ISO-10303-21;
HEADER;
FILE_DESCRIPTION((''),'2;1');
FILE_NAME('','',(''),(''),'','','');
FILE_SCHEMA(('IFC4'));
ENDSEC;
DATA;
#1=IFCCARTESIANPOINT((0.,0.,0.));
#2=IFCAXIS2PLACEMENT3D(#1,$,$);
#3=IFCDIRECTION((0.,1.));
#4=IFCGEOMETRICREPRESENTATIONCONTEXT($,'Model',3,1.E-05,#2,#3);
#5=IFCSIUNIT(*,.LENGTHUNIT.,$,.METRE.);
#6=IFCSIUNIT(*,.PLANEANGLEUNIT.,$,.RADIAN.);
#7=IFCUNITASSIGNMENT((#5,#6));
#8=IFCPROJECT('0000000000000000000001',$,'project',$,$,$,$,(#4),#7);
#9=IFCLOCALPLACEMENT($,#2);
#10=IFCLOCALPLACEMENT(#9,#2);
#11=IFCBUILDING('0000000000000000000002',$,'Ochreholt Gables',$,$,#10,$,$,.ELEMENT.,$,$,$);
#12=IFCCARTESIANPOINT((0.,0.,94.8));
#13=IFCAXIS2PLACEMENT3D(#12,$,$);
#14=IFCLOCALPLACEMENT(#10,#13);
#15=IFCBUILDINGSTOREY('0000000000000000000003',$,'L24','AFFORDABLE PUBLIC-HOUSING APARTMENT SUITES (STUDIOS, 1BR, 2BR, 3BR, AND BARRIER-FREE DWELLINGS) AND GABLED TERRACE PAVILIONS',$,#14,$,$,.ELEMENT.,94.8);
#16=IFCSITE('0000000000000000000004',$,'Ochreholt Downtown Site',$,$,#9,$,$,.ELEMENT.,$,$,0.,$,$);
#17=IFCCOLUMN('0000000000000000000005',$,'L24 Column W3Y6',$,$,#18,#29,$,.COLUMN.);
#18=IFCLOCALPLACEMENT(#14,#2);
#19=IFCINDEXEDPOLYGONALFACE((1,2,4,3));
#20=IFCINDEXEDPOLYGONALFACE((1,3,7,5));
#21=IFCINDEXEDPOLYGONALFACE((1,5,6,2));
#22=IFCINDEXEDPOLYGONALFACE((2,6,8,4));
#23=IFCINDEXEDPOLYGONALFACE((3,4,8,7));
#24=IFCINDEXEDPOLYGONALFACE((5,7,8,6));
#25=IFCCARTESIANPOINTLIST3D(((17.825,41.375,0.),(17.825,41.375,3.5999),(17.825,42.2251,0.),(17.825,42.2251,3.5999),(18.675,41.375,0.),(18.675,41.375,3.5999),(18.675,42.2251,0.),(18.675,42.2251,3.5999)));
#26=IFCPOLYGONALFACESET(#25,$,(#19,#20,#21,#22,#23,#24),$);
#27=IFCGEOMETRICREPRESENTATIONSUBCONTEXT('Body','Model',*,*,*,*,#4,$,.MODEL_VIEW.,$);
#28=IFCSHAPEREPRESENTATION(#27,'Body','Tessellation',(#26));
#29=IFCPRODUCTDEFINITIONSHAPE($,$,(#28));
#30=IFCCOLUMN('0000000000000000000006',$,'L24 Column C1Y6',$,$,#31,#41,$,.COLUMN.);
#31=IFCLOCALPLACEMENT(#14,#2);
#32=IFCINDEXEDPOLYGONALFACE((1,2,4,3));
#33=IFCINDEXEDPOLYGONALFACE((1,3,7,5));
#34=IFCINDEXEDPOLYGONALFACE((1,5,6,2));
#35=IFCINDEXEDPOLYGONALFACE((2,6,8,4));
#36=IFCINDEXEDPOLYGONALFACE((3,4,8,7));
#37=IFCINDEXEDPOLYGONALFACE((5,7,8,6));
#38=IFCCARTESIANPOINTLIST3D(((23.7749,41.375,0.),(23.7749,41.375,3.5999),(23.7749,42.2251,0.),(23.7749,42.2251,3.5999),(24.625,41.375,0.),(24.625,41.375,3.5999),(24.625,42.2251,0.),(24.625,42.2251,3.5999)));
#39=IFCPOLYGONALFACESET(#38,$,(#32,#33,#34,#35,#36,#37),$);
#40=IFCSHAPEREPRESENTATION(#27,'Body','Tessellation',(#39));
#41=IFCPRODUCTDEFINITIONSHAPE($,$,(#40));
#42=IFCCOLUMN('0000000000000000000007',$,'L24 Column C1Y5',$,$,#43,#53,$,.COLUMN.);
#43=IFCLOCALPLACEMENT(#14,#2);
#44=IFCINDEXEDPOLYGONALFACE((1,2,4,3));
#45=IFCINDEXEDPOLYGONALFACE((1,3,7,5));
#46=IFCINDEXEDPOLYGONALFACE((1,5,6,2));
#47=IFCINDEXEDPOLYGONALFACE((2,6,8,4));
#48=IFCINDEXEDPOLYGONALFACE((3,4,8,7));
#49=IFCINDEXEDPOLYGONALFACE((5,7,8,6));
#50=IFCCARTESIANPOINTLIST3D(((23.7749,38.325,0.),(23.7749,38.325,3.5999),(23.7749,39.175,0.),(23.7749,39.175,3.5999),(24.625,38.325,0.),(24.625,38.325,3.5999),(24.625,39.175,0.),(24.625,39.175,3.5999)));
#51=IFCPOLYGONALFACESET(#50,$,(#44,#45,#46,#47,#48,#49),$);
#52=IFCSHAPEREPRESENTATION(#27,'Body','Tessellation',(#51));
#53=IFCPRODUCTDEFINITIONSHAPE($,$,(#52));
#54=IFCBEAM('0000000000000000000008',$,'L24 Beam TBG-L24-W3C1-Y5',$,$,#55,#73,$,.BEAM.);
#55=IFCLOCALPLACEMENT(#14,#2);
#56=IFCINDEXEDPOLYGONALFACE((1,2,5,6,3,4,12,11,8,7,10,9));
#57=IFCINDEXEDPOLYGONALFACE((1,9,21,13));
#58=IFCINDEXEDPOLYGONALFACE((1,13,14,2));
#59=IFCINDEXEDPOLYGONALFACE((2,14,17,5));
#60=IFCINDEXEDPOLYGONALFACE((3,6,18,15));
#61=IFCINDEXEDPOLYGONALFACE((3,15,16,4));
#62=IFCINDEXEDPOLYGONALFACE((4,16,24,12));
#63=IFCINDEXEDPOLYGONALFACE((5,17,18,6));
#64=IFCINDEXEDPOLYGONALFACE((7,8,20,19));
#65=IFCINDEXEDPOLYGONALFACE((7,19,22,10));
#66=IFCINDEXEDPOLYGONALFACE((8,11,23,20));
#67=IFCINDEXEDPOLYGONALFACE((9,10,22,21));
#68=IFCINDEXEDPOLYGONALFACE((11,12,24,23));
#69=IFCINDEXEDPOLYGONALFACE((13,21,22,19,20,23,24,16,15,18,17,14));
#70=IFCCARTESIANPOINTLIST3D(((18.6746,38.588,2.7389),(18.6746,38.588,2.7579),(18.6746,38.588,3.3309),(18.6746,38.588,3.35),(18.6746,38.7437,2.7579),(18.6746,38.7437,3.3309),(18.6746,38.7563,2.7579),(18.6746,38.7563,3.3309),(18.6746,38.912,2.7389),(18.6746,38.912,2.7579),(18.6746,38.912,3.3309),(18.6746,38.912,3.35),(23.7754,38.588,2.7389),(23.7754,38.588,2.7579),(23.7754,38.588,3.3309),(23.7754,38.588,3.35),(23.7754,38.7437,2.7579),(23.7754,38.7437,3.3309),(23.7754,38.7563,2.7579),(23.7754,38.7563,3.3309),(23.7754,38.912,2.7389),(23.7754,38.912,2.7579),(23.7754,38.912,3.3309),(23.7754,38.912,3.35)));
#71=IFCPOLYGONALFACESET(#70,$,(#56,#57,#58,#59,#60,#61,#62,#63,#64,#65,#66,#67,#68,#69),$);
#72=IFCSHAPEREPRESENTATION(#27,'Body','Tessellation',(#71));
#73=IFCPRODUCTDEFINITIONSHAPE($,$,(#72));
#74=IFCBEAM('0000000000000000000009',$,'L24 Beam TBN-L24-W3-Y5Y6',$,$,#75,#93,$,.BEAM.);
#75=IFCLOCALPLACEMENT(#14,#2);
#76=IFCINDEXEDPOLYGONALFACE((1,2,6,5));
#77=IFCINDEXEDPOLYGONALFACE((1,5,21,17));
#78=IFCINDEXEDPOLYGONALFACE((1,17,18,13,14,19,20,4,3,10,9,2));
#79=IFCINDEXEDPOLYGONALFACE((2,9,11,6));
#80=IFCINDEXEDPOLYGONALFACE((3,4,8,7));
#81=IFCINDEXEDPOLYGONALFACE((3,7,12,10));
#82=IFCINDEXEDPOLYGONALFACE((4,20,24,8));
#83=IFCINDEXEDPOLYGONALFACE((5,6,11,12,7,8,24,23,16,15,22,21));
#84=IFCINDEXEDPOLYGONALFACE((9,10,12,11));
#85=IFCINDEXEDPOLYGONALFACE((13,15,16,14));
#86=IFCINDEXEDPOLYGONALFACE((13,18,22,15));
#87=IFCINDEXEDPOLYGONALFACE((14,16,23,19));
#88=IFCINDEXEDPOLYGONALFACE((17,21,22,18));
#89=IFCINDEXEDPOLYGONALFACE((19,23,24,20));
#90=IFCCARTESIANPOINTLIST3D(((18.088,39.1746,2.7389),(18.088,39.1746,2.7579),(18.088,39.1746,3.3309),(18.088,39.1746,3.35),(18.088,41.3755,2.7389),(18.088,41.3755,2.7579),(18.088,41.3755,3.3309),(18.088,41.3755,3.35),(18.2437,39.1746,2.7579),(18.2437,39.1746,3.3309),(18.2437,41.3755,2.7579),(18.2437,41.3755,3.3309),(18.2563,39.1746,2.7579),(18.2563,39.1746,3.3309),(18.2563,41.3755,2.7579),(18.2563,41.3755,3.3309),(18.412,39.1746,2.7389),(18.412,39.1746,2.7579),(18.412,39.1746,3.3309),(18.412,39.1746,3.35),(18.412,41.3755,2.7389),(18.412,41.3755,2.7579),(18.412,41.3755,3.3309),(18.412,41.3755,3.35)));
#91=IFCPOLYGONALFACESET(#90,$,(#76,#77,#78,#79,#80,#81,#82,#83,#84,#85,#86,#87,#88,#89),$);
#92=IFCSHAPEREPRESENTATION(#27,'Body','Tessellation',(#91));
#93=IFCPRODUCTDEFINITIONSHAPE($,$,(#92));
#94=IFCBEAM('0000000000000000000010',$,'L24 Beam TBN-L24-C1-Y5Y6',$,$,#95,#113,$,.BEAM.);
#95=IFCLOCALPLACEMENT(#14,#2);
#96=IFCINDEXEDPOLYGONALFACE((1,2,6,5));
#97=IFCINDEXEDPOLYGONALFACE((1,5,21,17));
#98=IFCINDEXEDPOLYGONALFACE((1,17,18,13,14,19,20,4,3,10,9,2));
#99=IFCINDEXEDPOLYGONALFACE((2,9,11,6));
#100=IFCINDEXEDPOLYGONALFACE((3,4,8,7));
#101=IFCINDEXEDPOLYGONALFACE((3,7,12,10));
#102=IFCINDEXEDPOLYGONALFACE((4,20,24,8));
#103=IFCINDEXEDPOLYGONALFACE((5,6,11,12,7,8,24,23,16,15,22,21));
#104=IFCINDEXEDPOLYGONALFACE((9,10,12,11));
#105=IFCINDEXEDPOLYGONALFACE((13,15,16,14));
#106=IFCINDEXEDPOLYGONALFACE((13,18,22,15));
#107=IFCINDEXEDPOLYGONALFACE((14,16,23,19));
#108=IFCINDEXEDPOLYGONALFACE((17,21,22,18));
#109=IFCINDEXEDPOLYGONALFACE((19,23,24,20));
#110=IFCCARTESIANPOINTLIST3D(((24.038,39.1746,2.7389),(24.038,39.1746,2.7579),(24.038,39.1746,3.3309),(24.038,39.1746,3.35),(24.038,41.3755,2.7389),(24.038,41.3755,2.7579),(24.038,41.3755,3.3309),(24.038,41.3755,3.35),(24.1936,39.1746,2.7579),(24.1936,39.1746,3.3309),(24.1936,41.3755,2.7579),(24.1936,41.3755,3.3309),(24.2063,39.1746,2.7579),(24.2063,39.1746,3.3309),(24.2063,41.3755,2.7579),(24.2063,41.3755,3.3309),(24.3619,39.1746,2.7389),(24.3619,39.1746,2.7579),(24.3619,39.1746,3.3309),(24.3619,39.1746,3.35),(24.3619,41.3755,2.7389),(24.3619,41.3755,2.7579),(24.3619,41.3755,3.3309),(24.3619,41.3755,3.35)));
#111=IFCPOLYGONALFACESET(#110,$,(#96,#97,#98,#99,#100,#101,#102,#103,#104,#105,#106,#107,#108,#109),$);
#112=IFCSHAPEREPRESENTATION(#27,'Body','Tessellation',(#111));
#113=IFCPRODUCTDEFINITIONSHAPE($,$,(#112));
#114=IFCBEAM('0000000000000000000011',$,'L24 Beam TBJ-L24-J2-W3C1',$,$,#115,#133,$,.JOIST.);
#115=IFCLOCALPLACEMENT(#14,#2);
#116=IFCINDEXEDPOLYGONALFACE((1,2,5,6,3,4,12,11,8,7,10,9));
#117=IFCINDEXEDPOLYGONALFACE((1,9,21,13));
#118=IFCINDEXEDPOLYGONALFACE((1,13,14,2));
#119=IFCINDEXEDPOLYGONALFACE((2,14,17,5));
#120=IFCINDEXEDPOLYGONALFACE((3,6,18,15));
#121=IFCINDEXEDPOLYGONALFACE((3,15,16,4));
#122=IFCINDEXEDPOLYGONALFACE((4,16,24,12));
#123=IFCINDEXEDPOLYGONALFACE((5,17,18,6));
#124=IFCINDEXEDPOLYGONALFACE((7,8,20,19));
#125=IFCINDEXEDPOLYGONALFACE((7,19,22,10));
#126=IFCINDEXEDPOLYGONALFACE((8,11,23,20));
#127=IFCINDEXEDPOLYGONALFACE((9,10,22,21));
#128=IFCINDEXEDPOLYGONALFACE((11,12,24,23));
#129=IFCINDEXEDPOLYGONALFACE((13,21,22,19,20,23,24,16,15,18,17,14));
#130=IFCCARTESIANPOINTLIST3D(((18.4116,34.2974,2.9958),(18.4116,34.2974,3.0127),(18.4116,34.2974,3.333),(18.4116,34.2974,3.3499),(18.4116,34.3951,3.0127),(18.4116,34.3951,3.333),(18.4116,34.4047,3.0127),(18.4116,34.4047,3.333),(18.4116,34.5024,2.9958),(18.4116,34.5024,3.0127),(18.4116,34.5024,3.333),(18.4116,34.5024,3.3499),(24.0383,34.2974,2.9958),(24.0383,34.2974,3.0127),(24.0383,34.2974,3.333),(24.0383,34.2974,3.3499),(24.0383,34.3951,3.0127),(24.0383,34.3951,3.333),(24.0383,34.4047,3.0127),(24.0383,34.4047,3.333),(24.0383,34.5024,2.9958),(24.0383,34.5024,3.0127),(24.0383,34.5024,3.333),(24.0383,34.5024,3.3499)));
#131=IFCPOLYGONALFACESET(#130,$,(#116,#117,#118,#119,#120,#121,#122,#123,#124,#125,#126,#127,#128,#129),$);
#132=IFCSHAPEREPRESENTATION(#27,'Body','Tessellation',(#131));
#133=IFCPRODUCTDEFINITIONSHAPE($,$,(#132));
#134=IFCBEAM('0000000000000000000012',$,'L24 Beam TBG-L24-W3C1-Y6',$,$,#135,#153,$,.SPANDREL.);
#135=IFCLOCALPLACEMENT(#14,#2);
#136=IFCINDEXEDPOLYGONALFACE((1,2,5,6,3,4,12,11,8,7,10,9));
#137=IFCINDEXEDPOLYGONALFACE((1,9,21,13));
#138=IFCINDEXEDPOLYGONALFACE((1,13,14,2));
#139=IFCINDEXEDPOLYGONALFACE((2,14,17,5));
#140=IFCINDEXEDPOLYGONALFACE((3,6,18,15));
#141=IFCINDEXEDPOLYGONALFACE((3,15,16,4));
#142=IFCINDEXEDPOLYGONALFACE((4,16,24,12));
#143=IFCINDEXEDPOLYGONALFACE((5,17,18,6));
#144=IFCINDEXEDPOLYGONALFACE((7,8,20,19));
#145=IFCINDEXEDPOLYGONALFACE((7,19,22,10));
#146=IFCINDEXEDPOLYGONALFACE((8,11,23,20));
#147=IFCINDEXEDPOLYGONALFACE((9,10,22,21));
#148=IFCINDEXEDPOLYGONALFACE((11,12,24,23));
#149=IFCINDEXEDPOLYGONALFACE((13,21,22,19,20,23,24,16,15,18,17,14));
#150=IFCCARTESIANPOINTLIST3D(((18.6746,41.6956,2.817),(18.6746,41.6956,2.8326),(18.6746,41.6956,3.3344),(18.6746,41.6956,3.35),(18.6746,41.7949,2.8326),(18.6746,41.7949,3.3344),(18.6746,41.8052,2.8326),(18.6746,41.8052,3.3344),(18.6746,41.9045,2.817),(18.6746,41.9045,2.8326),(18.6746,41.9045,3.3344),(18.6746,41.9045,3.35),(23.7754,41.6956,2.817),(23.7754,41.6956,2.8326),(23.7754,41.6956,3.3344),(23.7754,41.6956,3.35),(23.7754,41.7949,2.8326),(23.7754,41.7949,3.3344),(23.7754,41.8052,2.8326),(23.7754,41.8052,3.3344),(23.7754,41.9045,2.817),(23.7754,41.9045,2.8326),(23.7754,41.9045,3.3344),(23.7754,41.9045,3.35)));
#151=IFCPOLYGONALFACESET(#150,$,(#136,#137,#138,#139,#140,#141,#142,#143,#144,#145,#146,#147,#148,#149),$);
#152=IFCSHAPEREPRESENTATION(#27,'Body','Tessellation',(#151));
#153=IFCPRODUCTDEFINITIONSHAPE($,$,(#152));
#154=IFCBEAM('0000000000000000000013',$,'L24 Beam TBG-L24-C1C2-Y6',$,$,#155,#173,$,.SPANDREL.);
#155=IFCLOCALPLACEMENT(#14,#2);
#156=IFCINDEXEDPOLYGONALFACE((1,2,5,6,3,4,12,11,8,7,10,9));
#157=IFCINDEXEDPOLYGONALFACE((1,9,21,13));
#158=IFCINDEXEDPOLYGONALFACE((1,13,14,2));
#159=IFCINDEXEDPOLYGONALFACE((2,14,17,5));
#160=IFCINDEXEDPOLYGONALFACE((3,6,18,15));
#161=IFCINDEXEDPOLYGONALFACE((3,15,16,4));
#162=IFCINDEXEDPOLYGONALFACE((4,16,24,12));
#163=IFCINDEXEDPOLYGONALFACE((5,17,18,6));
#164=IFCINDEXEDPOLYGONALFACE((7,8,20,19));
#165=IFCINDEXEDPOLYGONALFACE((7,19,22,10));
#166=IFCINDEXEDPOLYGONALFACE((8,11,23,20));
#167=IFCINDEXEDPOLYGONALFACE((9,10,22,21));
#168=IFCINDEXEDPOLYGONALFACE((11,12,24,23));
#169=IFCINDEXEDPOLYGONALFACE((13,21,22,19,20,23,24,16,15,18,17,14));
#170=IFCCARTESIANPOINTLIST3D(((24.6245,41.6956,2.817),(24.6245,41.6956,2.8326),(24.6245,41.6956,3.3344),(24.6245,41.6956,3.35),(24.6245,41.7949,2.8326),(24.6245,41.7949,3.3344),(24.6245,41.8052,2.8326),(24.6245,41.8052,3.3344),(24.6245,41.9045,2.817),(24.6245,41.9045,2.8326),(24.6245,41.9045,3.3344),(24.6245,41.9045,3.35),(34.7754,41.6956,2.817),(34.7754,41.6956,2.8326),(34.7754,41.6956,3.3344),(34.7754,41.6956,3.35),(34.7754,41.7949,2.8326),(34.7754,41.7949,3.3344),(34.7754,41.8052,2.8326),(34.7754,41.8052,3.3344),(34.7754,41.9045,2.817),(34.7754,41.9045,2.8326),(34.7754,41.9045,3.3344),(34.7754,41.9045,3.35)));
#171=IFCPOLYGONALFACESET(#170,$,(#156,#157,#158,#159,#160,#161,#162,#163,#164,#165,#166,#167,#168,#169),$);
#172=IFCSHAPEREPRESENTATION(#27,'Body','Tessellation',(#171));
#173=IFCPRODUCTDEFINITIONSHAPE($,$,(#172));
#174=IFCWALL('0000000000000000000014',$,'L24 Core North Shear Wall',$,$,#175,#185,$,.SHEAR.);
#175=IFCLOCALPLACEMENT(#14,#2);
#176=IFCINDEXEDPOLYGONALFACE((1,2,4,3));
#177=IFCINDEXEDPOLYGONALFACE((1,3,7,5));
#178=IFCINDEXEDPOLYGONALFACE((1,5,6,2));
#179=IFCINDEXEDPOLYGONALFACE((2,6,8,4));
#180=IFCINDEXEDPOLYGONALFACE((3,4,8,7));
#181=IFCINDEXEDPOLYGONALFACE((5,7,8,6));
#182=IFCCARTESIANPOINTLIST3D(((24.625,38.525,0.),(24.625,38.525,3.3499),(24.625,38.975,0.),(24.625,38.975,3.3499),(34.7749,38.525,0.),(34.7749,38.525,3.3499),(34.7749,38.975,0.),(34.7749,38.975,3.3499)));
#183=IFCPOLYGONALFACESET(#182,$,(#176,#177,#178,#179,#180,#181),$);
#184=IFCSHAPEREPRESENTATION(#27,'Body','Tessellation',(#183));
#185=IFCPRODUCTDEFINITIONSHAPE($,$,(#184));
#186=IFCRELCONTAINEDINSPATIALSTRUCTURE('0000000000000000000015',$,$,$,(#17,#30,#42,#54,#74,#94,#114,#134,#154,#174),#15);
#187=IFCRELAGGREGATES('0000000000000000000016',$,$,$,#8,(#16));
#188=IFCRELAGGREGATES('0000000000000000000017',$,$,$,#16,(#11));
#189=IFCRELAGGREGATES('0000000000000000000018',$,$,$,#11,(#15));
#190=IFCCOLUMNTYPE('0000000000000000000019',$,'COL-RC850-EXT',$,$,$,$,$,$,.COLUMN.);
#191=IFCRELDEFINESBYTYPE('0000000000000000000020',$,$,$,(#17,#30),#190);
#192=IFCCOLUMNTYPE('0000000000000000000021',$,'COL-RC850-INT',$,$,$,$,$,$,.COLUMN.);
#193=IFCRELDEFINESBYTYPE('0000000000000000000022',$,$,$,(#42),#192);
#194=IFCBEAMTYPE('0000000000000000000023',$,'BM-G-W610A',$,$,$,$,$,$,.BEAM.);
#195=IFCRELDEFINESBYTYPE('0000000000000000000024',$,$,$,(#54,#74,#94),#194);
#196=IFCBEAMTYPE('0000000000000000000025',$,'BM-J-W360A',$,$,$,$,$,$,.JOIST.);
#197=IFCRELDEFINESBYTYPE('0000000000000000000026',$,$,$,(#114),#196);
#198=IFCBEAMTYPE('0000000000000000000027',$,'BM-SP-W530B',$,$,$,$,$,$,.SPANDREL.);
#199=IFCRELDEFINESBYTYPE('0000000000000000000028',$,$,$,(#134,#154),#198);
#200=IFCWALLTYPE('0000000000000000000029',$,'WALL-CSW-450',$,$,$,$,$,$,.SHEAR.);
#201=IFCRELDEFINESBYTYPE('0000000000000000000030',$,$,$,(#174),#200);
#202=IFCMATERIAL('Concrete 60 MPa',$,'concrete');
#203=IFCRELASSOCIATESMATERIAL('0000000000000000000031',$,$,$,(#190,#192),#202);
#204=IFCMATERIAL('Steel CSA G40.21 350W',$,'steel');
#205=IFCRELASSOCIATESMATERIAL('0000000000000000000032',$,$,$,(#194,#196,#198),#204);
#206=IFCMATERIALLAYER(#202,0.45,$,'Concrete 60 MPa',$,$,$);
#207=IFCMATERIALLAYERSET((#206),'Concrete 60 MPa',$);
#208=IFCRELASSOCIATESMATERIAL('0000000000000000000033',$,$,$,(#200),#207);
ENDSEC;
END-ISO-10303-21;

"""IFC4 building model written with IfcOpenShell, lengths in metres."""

from ifc_helpers import new_model, si_unit, direction, frame, frame_2d, origin, origin_2d, place, context, subcontext, project, spatial, rectangle, i_section, extrude, material, layer, layer_set, material_profile, profile_set, type_object, element, save


model = new_model("IFC4")

# Units and contexts
model_context = context("Model", 3, precision=1e-05, world=origin(), true_north=direction((0.0, 1.0)))
body_context = subcontext(model_context, "Body", "Model", "MODEL_VIEW")
ifc_project = project(units=[si_unit("LENGTHUNIT", "METRE"), si_unit("PLANEANGLEUNIT", "RADIAN")], contexts=[model_context])

# Site, building, storey
site_placement = place(None, origin())
site = spatial("IfcSite", under=ifc_project, at=site_placement, Name="Ochreholt Downtown Site", CompositionType="ELEMENT", RefElevation=0.0)
building_placement = place(site_placement, origin())
building = spatial("IfcBuilding", under=site, at=building_placement, Name="Ochreholt Gables", CompositionType="ELEMENT")
storey_placement = place(building_placement, frame((0.0, 0.0, 94.8)))
storey = spatial("IfcBuildingStorey", under=building, at=storey_placement, Name="L24", Description="AFFORDABLE PUBLIC-HOUSING APARTMENT SUITES (STUDIOS, 1BR, 2BR, 3BR, AND BARRIER-FREE DWELLINGS) AND GABLED TERRACE PAVILIONS", CompositionType="ELEMENT", Elevation=94.8)

# Columns
ifc_material_1 = material(Name="Concrete 60 MPa", Category="concrete")
ifc_material_profile_1 = material_profile(ifc_material_1, rectangle(XDim=0.8501, YDim=0.8501, at=origin_2d()), Name="RC850X850")
ifc_profile_set_1 = profile_set([ifc_material_profile_1], Name="Concrete 60 MPa")
column_type_1 = type_object("IfcColumnType", Name="COL-RC850-EXT", PredefinedType="COLUMN", material=ifc_profile_set_1)
for number, where, z_axis, x_axis, name in (
    (1, (18.25, 41.8, 0.0), (0.0, 0.0, 1.0), (1.0, 0.0, 0.0), "L24 Column W3Y6"),
    (2, (24.2, 41.8, 0.0), (0.0, 0.0, 1.0), (1.0, 0.0, 0.0), "L24 Column C1Y6"),
):
    element("IfcColumn", number, at=place(storey_placement, frame(where, z_axis=z_axis, x_axis=x_axis)), inside=storey, type_object=column_type_1, Name=name, PredefinedType="COLUMN", context=body_context, shape_type="SweptSolid", body=[
        extrude(rectangle(XDim=0.8501, YDim=0.8501, at=origin_2d()), origin(), (0.0, 0.0, 1.0), 3.5999),
    ])
ifc_material_profile_2 = material_profile(ifc_material_1, rectangle(XDim=0.8501, YDim=0.8501, at=origin_2d()), Name="RC850X850")
ifc_profile_set_2 = profile_set([ifc_material_profile_2], Name="Concrete 60 MPa")
column_type_2 = type_object("IfcColumnType", Name="COL-RC850-INT", PredefinedType="COLUMN", material=ifc_profile_set_2)
column_placement = place(storey_placement, frame((24.2, 38.75, 0.0), z_axis=(0.0, 0.0, 1.0), x_axis=(1.0, 0.0, 0.0)))
element("IfcColumn", 3, at=column_placement, inside=storey, type_object=column_type_2, Name="L24 Column C1Y5", PredefinedType="COLUMN", context=body_context, shape_type="SweptSolid", body=[
    extrude(rectangle(XDim=0.8501, YDim=0.8501, at=origin_2d()), origin(), (0.0, 0.0, 1.0), 3.5999),
])

# Beams
ifc_material_2 = material(Name="Steel CSA G40.21 350W", Category="steel")
ifc_material_profile_3 = material_profile(ifc_material_2, i_section(OverallWidth=0.324, OverallDepth=0.6111, WebThickness=0.0127, FlangeThickness=0.019, at=origin_2d()), Name="W610X155")
ifc_profile_set_3 = profile_set([ifc_material_profile_3], Name="Steel CSA G40.21 350W")
beam_type_1 = type_object("IfcBeamType", Name="BM-G-W610A", PredefinedType="BEAM", material=ifc_profile_set_3)
beam_1_placement = place(storey_placement, frame((18.6746, 38.75, 3.0444), z_axis=(1.0, 0.0, 0.0), x_axis=(0.0, 1.0, 0.0)))
element("IfcBeam", 4, at=beam_1_placement, inside=storey, type_object=beam_type_1, Name="L24 Beam TBG-L24-W3C1-Y5", PredefinedType="BEAM", context=body_context, shape_type="SweptSolid", body=[
    extrude(i_section(OverallWidth=0.324, OverallDepth=0.6111, WebThickness=0.0127, FlangeThickness=0.019, at=origin_2d()), origin(), (0.0, 0.0, 1.0), 5.1008),
])
for number, where, z_axis, x_axis, name in (
    (5, (18.25, 39.1746, 3.0444), (0.0, 1.0, 0.0), (-1.0, 0.0, 0.0), "L24 Beam TBN-L24-W3-Y5Y6"),
    (6, (24.2, 39.1746, 3.0444), (0.0, 1.0, 0.0), (-1.0, 0.0, 0.0), "L24 Beam TBN-L24-C1-Y5Y6"),
):
    element("IfcBeam", number, at=place(storey_placement, frame(where, z_axis=z_axis, x_axis=x_axis)), inside=storey, type_object=beam_type_1, Name=name, PredefinedType="BEAM", context=body_context, shape_type="SweptSolid", body=[
        extrude(i_section(OverallWidth=0.324, OverallDepth=0.6111, WebThickness=0.0127, FlangeThickness=0.019, at=origin_2d()), origin(), (0.0, 0.0, 1.0), 2.2009),
    ])
ifc_material_profile_4 = material_profile(ifc_material_2, i_section(OverallWidth=0.2051, OverallDepth=0.354, WebThickness=0.0095, FlangeThickness=0.0168, at=origin_2d()), Name="W360X79")
ifc_profile_set_4 = profile_set([ifc_material_profile_4], Name="Steel CSA G40.21 350W")
beam_type_2 = type_object("IfcBeamType", Name="BM-J-W360A", PredefinedType="JOIST", material=ifc_profile_set_4)
beam_2_placement = place(storey_placement, frame((18.4116, 34.3999, 3.1729), z_axis=(1.0, 0.0, 0.0), x_axis=(0.0, 1.0, 0.0)))
element("IfcBeam", 7, at=beam_2_placement, inside=storey, type_object=beam_type_2, Name="L24 Beam TBJ-L24-J2-W3C1", PredefinedType="JOIST", context=body_context, shape_type="SweptSolid", body=[
    extrude(i_section(OverallWidth=0.2051, OverallDepth=0.354, WebThickness=0.0095, FlangeThickness=0.0168, at=origin_2d()), origin(), (0.0, 0.0, 1.0), 5.6267),
])
ifc_material_profile_5 = material_profile(ifc_material_2, i_section(OverallWidth=0.209, OverallDepth=0.533, WebThickness=0.0103, FlangeThickness=0.0156, at=origin_2d()), Name="W530X92")
ifc_profile_set_5 = profile_set([ifc_material_profile_5], Name="Steel CSA G40.21 350W")
beam_type_3 = type_object("IfcBeamType", Name="BM-SP-W530B", PredefinedType="SPANDREL", material=ifc_profile_set_5)
beam_3_placement = place(storey_placement, frame((18.6746, 41.8, 3.0835), z_axis=(1.0, 0.0, 0.0), x_axis=(0.0, 1.0, 0.0)))
element("IfcBeam", 8, at=beam_3_placement, inside=storey, type_object=beam_type_3, Name="L24 Beam TBG-L24-W3C1-Y6", PredefinedType="SPANDREL", context=body_context, shape_type="SweptSolid", body=[
    extrude(i_section(OverallWidth=0.209, OverallDepth=0.533, WebThickness=0.0103, FlangeThickness=0.0156, at=origin_2d()), origin(), (0.0, 0.0, 1.0), 5.1008),
])
beam_4_placement = place(storey_placement, frame((24.6245, 41.8, 3.0835), z_axis=(1.0, 0.0, 0.0), x_axis=(0.0, 1.0, 0.0)))
element("IfcBeam", 9, at=beam_4_placement, inside=storey, type_object=beam_type_3, Name="L24 Beam TBG-L24-C1C2-Y6", PredefinedType="SPANDREL", context=body_context, shape_type="SweptSolid", body=[
    extrude(i_section(OverallWidth=0.209, OverallDepth=0.533, WebThickness=0.0103, FlangeThickness=0.0156, at=origin_2d()), origin(), (0.0, 0.0, 1.0), 10.1509),
])

# Wall
ifc_layer_1 = layer(ifc_material_1, 0.45, Name="Concrete 60 MPa")
ifc_layer_set_1 = layer_set([ifc_layer_1], Name="Concrete 60 MPa")
wall_type_1 = type_object("IfcWallType", Name="WALL-CSW-450", PredefinedType="SHEAR", material=ifc_layer_set_1)
wall_1_placement = place(storey_placement, frame((24.625, 38.75, 0.0), z_axis=(0.0, 0.0, 1.0), x_axis=(1.0, 0.0, 0.0)))
element("IfcWall", 10, at=wall_1_placement, inside=storey, type_object=wall_type_1, Name="L24 Core North Shear Wall", PredefinedType="SHEAR", context=body_context, shape_type="SweptSolid", body=[
    extrude(rectangle(XDim=10.1499, YDim=0.45, at=frame_2d((5.075, 0.0))), origin(), (0.0, 0.0, 1.0), 3.3499),
])

save(model, "model.ifc")
